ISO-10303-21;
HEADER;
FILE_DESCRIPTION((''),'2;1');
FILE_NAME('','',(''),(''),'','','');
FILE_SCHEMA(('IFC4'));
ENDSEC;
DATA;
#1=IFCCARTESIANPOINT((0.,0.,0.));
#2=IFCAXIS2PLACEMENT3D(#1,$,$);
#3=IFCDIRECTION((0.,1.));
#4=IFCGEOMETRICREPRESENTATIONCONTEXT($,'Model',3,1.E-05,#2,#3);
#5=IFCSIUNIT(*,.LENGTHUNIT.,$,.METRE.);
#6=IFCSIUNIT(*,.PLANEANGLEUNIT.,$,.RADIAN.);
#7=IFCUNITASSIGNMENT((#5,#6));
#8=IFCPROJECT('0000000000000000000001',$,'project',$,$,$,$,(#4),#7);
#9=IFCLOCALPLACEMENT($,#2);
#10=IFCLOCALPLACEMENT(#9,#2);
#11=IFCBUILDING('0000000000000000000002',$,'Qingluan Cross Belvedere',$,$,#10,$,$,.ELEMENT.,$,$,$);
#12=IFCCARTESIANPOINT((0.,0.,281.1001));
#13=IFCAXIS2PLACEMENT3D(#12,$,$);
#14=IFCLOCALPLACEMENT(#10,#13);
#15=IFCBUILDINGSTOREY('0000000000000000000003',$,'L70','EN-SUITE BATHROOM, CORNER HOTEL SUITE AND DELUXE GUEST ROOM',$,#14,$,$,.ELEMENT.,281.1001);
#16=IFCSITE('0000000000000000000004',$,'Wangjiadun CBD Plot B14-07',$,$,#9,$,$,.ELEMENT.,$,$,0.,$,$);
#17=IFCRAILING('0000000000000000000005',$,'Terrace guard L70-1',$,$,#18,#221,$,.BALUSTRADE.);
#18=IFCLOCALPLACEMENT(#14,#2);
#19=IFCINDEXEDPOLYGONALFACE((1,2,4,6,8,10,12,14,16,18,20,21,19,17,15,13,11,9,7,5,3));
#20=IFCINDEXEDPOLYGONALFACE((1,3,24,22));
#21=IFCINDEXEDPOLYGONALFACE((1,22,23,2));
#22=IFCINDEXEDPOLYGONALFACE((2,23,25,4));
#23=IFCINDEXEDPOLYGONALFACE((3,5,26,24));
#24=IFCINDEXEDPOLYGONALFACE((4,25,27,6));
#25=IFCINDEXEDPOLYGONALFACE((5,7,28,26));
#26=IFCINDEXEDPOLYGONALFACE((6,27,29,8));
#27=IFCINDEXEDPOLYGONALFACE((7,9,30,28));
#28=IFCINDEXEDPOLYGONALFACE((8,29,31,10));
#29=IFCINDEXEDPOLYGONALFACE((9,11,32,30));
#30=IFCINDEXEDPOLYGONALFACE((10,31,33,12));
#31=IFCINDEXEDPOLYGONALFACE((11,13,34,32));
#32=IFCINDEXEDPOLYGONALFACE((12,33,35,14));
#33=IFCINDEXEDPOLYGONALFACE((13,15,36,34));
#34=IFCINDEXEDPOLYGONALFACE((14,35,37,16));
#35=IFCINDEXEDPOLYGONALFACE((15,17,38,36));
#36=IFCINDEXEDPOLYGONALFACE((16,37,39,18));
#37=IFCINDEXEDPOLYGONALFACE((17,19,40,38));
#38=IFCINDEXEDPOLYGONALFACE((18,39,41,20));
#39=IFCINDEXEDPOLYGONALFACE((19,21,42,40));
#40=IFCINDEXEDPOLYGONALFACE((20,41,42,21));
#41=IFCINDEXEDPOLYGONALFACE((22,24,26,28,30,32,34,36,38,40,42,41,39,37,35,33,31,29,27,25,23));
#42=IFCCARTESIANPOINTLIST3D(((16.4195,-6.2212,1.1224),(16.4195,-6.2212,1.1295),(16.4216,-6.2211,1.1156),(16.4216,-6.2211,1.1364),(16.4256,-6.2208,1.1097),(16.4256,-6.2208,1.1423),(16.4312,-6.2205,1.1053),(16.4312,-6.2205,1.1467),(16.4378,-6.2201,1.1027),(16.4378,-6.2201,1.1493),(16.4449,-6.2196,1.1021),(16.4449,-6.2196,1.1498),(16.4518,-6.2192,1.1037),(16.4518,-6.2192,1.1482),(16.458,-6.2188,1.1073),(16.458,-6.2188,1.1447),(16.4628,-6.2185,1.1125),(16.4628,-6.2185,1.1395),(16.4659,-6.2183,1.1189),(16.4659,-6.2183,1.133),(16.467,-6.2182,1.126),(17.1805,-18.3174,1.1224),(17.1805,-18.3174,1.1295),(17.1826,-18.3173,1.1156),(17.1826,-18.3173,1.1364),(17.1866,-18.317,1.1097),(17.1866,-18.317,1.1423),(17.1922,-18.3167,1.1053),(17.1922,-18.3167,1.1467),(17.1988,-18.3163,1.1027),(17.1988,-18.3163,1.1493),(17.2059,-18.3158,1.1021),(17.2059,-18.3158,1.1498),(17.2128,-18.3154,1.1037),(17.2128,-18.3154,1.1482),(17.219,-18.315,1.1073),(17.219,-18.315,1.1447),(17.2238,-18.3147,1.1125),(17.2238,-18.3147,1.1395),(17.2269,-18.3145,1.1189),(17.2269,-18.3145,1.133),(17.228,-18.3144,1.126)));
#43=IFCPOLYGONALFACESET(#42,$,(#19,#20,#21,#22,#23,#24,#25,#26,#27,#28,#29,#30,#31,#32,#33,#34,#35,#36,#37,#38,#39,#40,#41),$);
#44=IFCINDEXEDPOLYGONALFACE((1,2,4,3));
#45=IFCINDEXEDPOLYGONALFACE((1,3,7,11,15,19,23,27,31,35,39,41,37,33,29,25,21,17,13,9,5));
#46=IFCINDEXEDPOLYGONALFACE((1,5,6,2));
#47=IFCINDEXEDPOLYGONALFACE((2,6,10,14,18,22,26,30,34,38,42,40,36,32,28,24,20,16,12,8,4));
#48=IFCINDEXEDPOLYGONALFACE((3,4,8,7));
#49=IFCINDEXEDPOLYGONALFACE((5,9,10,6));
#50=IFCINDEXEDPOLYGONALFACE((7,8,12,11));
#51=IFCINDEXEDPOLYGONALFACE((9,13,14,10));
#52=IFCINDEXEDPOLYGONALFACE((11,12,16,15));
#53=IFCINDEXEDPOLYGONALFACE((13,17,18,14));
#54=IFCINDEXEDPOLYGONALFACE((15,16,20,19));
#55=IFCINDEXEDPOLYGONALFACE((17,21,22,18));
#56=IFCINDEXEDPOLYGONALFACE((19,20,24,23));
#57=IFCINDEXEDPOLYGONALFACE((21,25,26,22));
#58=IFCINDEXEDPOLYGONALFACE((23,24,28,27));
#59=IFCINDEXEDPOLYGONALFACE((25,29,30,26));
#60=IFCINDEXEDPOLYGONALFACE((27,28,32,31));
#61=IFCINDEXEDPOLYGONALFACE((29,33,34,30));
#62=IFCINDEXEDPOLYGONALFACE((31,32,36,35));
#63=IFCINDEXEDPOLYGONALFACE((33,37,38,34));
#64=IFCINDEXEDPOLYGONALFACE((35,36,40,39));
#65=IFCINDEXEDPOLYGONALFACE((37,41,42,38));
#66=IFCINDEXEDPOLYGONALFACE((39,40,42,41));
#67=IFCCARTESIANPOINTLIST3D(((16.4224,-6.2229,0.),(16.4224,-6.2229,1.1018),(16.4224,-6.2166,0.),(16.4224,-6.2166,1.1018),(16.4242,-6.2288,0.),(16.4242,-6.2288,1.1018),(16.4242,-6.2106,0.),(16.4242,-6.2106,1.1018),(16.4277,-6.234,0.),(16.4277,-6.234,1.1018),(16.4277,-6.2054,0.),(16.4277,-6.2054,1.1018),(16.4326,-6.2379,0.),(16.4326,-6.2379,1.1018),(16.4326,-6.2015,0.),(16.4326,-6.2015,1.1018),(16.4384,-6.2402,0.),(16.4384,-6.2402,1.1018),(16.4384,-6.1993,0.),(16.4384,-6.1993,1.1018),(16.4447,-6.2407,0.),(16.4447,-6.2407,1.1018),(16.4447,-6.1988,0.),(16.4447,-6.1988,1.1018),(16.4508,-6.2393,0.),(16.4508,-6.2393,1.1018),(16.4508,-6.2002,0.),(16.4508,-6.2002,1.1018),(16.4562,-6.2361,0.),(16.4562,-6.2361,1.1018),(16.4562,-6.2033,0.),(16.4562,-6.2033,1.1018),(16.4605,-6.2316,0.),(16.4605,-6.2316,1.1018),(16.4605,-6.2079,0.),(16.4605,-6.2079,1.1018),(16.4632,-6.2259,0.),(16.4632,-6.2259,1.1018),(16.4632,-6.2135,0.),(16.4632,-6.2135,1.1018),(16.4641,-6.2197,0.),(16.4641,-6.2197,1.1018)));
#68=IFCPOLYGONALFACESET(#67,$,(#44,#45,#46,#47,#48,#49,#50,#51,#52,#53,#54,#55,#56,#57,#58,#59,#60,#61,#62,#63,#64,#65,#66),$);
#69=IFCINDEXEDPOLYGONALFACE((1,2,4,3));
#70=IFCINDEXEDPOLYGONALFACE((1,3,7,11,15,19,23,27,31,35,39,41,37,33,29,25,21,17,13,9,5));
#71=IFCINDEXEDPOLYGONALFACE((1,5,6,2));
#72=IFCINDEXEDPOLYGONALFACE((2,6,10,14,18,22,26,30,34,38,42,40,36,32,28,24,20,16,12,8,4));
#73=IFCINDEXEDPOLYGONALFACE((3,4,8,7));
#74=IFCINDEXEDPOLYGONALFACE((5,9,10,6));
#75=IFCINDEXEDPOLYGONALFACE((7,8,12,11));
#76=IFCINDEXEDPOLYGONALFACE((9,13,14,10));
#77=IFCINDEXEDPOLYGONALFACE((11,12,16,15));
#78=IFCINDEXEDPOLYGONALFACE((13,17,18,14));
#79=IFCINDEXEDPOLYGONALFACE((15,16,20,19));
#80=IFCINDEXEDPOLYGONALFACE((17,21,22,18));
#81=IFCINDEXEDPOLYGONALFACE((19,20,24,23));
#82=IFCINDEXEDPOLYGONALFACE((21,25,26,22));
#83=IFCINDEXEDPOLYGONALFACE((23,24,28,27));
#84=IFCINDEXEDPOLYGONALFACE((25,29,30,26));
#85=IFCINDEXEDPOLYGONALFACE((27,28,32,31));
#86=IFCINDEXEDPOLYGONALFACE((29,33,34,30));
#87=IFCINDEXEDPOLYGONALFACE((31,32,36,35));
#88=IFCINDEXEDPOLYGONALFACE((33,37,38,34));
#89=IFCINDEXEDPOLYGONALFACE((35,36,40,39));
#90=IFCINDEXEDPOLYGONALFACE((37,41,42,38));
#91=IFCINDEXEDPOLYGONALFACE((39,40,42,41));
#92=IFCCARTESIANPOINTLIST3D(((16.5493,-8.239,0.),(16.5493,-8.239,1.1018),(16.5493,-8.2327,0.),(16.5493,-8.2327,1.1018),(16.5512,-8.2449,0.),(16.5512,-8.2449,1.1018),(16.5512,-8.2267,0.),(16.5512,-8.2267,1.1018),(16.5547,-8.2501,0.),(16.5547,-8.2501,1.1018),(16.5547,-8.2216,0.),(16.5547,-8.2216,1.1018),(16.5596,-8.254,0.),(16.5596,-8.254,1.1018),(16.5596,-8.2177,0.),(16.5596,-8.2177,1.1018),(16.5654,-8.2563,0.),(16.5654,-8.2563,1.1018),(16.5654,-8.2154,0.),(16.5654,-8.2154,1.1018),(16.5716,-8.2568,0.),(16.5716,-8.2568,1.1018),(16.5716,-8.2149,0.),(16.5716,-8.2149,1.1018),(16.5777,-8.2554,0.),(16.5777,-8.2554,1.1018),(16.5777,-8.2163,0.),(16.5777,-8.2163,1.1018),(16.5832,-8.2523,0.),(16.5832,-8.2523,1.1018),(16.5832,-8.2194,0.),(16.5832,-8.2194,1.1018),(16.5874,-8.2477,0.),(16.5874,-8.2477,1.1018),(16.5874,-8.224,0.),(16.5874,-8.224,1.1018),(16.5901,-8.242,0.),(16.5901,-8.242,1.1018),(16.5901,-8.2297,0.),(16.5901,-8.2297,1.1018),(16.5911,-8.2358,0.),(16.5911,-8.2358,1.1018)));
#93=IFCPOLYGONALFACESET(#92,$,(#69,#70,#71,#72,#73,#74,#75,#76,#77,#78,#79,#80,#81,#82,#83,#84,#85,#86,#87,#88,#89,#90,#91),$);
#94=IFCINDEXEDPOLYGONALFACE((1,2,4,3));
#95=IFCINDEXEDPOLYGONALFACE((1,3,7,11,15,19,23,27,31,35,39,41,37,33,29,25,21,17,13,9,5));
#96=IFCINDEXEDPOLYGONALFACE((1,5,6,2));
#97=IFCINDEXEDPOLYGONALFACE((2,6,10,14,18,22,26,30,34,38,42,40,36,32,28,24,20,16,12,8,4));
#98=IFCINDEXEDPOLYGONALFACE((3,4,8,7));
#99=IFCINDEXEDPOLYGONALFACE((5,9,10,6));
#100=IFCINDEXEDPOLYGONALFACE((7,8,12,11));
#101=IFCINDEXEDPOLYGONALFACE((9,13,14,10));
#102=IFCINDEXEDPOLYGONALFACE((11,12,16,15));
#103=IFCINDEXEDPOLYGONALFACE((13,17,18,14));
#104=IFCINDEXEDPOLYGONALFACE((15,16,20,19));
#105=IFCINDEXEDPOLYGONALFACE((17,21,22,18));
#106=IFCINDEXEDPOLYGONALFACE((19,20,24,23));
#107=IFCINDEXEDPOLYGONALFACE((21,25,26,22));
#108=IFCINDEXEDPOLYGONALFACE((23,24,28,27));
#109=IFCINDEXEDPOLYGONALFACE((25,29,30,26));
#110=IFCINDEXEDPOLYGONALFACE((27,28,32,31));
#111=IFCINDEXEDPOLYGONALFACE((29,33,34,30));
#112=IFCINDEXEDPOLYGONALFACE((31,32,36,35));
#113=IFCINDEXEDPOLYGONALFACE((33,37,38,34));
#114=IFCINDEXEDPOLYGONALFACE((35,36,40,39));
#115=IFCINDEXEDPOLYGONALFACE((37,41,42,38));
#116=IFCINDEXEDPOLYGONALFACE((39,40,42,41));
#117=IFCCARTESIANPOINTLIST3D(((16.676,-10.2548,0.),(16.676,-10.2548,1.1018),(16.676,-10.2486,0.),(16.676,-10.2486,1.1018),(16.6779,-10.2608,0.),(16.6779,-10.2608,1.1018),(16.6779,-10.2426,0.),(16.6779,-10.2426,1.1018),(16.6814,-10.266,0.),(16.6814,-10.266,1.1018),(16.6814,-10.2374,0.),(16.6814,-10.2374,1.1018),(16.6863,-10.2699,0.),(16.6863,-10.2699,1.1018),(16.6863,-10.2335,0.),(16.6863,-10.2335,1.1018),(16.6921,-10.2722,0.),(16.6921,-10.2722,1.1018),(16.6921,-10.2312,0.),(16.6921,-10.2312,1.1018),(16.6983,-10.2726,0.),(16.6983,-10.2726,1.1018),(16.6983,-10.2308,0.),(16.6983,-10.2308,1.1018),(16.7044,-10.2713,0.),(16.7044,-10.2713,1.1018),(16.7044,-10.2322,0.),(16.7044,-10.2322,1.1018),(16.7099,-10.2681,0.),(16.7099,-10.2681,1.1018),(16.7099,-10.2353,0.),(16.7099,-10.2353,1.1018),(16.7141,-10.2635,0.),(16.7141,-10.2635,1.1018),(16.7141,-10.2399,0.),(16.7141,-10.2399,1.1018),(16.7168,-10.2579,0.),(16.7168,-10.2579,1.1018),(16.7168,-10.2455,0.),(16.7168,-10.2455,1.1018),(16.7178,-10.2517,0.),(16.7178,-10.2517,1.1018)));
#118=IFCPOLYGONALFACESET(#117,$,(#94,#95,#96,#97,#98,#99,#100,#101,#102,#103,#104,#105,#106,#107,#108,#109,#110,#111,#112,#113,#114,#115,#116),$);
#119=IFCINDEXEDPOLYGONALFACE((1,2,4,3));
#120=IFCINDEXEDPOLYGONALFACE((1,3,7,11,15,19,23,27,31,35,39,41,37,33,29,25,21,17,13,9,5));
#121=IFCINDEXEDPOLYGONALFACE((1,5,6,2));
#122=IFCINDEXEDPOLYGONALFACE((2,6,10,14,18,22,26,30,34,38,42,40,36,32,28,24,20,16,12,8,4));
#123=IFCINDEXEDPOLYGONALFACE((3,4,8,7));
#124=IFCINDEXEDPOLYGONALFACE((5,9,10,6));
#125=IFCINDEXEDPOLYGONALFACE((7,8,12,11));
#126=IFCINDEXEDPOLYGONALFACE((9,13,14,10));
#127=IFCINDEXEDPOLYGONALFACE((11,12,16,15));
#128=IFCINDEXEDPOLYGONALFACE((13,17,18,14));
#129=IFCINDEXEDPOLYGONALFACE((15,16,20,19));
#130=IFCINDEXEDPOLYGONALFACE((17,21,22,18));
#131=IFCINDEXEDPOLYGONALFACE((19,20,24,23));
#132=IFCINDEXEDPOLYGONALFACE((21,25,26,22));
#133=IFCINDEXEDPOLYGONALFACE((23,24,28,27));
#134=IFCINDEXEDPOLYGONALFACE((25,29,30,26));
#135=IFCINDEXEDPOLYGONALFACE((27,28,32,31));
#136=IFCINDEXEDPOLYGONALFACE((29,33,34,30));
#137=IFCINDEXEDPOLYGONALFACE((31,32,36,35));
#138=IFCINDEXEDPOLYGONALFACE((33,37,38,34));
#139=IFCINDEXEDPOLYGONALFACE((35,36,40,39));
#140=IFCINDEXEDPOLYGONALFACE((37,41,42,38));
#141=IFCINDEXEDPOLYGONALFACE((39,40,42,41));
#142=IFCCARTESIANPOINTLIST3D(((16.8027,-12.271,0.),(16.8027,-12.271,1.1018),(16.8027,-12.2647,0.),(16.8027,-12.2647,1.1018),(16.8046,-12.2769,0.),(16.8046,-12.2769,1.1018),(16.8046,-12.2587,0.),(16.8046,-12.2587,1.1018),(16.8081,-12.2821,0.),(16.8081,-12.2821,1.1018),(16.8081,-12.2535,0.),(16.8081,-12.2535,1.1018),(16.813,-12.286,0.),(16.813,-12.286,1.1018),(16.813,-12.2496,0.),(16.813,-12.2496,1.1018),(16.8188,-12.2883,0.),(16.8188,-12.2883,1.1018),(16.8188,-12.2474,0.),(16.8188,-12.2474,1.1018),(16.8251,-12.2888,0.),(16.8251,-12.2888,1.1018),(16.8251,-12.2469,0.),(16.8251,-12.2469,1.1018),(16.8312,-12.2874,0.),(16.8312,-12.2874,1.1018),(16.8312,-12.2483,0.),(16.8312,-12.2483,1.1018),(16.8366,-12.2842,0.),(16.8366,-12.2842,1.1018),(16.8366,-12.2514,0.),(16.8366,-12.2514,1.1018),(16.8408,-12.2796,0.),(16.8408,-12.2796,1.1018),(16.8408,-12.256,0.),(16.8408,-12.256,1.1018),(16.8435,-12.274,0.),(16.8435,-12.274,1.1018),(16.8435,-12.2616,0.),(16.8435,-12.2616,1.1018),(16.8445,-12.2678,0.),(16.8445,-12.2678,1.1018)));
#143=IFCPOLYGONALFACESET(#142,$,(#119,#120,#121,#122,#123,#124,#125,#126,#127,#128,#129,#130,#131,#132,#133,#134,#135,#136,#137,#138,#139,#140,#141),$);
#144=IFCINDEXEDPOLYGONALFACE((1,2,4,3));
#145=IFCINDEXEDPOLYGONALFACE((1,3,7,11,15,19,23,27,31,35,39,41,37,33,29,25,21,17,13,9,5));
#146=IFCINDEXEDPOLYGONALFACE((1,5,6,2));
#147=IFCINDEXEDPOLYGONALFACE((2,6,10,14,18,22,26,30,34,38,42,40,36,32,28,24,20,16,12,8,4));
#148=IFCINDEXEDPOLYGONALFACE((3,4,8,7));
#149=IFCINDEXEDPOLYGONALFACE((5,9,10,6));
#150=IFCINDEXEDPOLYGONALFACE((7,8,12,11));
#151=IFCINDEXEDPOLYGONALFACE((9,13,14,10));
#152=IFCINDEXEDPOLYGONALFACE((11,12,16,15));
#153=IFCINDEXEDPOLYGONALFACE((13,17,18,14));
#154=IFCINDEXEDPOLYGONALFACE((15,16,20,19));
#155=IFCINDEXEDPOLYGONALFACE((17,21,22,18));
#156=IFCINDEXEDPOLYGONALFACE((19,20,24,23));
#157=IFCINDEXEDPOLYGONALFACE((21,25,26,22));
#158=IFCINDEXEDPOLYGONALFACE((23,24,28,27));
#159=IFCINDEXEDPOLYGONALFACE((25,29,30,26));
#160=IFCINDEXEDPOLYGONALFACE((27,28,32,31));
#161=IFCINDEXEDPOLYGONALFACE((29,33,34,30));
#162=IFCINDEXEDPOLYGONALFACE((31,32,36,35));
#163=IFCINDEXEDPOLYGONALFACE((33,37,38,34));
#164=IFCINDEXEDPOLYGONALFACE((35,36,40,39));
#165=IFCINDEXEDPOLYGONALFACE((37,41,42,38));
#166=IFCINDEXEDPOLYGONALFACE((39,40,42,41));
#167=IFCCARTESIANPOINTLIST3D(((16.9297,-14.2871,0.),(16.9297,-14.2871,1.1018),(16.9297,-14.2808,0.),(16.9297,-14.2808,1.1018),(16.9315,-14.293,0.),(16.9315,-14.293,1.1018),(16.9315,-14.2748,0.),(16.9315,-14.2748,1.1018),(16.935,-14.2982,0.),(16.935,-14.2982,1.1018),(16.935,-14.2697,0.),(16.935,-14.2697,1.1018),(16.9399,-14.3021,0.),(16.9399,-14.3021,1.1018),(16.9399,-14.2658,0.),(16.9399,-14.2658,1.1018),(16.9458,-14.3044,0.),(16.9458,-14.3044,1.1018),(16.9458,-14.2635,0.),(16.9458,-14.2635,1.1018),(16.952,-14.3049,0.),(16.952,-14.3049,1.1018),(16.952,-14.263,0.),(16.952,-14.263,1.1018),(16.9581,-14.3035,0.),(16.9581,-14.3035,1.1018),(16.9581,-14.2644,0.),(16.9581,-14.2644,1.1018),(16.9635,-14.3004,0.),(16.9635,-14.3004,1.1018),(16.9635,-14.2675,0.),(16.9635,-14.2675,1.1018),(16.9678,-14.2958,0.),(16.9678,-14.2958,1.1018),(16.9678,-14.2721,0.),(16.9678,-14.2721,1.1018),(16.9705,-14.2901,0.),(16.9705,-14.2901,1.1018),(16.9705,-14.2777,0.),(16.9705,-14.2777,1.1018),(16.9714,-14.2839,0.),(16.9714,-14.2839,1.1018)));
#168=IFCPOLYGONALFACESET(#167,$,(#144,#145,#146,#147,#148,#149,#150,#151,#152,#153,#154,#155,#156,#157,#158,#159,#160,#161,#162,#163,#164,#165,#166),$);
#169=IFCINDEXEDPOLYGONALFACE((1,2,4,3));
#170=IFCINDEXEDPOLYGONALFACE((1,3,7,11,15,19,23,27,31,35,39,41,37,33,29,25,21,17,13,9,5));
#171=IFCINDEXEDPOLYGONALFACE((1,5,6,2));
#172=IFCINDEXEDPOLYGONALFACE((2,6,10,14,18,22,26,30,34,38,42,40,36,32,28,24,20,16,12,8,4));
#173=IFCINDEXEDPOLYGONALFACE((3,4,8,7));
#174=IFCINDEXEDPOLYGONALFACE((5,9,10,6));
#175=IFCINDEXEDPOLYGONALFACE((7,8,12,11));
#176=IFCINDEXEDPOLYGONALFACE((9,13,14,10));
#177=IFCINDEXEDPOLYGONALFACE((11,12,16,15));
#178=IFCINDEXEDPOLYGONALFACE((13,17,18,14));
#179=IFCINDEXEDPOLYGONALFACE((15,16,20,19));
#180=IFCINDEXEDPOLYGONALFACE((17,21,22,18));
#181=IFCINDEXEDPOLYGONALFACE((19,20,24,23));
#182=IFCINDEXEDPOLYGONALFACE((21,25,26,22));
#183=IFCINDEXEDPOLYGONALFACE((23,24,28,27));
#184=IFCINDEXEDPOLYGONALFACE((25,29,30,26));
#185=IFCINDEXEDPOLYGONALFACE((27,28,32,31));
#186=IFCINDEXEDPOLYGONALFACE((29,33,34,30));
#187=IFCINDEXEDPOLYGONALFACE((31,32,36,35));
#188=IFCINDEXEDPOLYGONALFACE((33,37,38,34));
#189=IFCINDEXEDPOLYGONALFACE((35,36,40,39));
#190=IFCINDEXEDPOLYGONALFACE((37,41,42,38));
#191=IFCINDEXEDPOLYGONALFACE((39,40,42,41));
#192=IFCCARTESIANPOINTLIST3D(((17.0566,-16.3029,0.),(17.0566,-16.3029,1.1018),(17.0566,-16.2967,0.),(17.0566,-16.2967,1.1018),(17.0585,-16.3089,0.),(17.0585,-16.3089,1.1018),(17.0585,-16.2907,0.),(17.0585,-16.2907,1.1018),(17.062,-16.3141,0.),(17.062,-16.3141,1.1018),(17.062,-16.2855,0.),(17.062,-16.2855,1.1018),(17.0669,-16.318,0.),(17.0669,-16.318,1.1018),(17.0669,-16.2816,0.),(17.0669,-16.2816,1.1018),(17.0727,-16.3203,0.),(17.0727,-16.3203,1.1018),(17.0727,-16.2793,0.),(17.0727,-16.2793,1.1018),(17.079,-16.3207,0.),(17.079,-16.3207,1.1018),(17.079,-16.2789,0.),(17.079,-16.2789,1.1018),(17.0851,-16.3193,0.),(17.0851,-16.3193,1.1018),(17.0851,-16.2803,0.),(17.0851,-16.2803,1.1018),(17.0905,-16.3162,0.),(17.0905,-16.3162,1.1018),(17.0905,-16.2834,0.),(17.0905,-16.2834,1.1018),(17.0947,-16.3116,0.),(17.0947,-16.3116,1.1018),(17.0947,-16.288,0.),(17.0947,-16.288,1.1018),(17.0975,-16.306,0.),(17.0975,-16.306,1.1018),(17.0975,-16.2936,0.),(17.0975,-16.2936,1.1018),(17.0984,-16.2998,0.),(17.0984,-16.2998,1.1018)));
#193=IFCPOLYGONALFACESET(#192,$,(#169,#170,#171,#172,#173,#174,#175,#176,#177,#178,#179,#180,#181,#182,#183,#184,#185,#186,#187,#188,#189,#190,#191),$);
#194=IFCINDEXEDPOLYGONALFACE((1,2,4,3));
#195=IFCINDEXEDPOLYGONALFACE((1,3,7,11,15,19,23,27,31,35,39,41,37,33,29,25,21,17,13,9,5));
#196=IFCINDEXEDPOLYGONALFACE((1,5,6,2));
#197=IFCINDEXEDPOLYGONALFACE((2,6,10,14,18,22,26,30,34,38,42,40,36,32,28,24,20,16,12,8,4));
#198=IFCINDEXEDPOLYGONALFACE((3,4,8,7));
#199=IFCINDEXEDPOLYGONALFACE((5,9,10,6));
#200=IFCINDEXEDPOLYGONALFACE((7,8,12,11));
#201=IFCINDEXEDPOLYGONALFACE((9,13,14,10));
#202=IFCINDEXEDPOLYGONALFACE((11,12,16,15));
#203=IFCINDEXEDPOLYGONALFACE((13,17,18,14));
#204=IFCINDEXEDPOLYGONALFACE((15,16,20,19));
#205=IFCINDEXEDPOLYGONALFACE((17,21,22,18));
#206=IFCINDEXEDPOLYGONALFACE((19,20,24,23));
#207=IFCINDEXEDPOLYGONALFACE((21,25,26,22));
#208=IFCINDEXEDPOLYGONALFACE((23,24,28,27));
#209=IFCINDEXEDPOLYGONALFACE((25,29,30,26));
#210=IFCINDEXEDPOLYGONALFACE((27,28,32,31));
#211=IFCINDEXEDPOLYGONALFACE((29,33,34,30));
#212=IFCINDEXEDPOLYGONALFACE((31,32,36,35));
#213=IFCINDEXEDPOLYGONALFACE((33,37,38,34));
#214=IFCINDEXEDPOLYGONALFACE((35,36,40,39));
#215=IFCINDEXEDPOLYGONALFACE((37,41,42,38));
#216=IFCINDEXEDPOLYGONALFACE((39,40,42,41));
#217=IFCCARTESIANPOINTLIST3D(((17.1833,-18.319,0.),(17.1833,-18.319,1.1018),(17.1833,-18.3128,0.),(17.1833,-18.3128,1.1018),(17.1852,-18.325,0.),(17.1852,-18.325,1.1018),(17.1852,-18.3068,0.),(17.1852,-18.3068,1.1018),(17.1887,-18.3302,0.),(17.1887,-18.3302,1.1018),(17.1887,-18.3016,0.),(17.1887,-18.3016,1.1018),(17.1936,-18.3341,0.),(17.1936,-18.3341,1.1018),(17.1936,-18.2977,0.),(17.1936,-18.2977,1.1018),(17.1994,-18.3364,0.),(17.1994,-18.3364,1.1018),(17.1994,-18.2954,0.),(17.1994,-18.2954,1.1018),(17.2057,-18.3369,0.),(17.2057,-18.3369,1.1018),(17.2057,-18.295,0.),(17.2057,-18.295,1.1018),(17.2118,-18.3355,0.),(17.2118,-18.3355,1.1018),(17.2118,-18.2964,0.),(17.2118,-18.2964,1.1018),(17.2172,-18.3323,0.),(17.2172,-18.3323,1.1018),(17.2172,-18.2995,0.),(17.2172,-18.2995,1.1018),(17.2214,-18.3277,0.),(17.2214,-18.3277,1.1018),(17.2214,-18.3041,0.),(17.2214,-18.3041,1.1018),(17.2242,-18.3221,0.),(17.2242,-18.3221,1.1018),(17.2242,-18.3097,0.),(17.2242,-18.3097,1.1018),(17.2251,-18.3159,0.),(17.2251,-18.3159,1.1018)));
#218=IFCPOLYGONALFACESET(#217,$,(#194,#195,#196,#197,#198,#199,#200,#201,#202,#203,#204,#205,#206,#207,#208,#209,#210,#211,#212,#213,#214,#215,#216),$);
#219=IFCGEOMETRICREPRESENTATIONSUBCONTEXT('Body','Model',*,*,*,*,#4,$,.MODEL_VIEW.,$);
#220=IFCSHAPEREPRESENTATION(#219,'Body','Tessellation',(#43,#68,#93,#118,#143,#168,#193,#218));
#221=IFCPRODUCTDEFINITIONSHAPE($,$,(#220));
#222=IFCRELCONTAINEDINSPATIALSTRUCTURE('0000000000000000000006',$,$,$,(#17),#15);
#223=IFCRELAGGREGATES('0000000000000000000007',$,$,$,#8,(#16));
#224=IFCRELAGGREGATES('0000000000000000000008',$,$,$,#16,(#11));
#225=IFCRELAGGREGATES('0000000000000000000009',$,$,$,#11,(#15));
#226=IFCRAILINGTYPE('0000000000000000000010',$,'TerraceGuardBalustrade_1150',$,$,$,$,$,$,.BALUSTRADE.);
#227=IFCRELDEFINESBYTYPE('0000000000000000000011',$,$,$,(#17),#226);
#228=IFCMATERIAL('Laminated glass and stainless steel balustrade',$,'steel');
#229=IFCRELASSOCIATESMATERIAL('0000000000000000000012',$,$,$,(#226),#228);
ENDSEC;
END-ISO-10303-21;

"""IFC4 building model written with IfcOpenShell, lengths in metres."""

from ifc_helpers import new_model, si_unit, direction, frame, origin, origin_2d, place, context, subcontext, project, spatial, circle, extrude, material, type_object, element, save


model = new_model("IFC4")

# Units and contexts
model_context = context("Model", 3, precision=1e-05, world=origin(), true_north=direction((0.0, 1.0)))
body_context = subcontext(model_context, "Body", "Model", "MODEL_VIEW")
ifc_project = project(units=[si_unit("LENGTHUNIT", "METRE"), si_unit("PLANEANGLEUNIT", "RADIAN")], contexts=[model_context])

# Site, building, storey
site_placement = place(None, origin())
site = spatial("IfcSite", under=ifc_project, at=site_placement, Name="Wangjiadun CBD Plot B14-07", CompositionType="ELEMENT", RefElevation=0.0)
building_placement = place(site_placement, origin())
building = spatial("IfcBuilding", under=site, at=building_placement, Name="Qingluan Cross Belvedere", CompositionType="ELEMENT")
storey_placement = place(building_placement, frame((0.0, 0.0, 281.1001)))
storey = spatial("IfcBuildingStorey", under=building, at=storey_placement, Name="L70", Description="EN-SUITE BATHROOM, CORNER HOTEL SUITE AND DELUXE GUEST ROOM", CompositionType="ELEMENT", Elevation=281.1001)

# Railing
ifc_material_1 = material(Name="Laminated glass and stainless steel balustrade", Category="steel")
railing_type = type_object("IfcRailingType", Name="TerraceGuardBalustrade_1150", PredefinedType="BALUSTRADE", material=ifc_material_1)
railing_placement = place(storey_placement, frame((16.4431, -6.2197, 0.0)))
element("IfcRailing", 1, at=railing_placement, inside=storey, type_object=railing_type, Name="Terrace guard L70-1", PredefinedType="BALUSTRADE", context=body_context, shape_type="SweptSolid", body=[
    extrude(circle(Radius=0.0239, at=origin_2d()), frame((0.0, 0.0, 1.126), z_axis=(0.062787, -0.998027, 0.0), x_axis=(0.998027, 0.062787, 0.0)), (0.0, 0.0, 1.0), 12.1201),
    extrude(circle(Radius=0.021, at=origin_2d()), origin(), (0.0, 0.0, 1.0), 1.1018),
    extrude(circle(Radius=0.021, at=origin_2d()), frame((0.127, -2.0161, 0.0)), (0.0, 0.0, 1.0), 1.1018),
    extrude(circle(Radius=0.021, at=origin_2d()), frame((0.2537, -4.032, 0.0)), (0.0, 0.0, 1.0), 1.1018),
    extrude(circle(Radius=0.021, at=origin_2d()), frame((0.3804, -6.0481, 0.0)), (0.0, 0.0, 1.0), 1.1018),
    extrude(circle(Radius=0.021, at=origin_2d()), frame((0.5073, -8.0642, 0.0)), (0.0, 0.0, 1.0), 1.1018),
    extrude(circle(Radius=0.021, at=origin_2d()), frame((0.6343, -10.0801, 0.0)), (0.0, 0.0, 1.0), 1.1018),
    extrude(circle(Radius=0.021, at=origin_2d()), frame((0.761, -12.0962, 0.0)), (0.0, 0.0, 1.0), 1.1018),
])

save(model, "model.ifc")
